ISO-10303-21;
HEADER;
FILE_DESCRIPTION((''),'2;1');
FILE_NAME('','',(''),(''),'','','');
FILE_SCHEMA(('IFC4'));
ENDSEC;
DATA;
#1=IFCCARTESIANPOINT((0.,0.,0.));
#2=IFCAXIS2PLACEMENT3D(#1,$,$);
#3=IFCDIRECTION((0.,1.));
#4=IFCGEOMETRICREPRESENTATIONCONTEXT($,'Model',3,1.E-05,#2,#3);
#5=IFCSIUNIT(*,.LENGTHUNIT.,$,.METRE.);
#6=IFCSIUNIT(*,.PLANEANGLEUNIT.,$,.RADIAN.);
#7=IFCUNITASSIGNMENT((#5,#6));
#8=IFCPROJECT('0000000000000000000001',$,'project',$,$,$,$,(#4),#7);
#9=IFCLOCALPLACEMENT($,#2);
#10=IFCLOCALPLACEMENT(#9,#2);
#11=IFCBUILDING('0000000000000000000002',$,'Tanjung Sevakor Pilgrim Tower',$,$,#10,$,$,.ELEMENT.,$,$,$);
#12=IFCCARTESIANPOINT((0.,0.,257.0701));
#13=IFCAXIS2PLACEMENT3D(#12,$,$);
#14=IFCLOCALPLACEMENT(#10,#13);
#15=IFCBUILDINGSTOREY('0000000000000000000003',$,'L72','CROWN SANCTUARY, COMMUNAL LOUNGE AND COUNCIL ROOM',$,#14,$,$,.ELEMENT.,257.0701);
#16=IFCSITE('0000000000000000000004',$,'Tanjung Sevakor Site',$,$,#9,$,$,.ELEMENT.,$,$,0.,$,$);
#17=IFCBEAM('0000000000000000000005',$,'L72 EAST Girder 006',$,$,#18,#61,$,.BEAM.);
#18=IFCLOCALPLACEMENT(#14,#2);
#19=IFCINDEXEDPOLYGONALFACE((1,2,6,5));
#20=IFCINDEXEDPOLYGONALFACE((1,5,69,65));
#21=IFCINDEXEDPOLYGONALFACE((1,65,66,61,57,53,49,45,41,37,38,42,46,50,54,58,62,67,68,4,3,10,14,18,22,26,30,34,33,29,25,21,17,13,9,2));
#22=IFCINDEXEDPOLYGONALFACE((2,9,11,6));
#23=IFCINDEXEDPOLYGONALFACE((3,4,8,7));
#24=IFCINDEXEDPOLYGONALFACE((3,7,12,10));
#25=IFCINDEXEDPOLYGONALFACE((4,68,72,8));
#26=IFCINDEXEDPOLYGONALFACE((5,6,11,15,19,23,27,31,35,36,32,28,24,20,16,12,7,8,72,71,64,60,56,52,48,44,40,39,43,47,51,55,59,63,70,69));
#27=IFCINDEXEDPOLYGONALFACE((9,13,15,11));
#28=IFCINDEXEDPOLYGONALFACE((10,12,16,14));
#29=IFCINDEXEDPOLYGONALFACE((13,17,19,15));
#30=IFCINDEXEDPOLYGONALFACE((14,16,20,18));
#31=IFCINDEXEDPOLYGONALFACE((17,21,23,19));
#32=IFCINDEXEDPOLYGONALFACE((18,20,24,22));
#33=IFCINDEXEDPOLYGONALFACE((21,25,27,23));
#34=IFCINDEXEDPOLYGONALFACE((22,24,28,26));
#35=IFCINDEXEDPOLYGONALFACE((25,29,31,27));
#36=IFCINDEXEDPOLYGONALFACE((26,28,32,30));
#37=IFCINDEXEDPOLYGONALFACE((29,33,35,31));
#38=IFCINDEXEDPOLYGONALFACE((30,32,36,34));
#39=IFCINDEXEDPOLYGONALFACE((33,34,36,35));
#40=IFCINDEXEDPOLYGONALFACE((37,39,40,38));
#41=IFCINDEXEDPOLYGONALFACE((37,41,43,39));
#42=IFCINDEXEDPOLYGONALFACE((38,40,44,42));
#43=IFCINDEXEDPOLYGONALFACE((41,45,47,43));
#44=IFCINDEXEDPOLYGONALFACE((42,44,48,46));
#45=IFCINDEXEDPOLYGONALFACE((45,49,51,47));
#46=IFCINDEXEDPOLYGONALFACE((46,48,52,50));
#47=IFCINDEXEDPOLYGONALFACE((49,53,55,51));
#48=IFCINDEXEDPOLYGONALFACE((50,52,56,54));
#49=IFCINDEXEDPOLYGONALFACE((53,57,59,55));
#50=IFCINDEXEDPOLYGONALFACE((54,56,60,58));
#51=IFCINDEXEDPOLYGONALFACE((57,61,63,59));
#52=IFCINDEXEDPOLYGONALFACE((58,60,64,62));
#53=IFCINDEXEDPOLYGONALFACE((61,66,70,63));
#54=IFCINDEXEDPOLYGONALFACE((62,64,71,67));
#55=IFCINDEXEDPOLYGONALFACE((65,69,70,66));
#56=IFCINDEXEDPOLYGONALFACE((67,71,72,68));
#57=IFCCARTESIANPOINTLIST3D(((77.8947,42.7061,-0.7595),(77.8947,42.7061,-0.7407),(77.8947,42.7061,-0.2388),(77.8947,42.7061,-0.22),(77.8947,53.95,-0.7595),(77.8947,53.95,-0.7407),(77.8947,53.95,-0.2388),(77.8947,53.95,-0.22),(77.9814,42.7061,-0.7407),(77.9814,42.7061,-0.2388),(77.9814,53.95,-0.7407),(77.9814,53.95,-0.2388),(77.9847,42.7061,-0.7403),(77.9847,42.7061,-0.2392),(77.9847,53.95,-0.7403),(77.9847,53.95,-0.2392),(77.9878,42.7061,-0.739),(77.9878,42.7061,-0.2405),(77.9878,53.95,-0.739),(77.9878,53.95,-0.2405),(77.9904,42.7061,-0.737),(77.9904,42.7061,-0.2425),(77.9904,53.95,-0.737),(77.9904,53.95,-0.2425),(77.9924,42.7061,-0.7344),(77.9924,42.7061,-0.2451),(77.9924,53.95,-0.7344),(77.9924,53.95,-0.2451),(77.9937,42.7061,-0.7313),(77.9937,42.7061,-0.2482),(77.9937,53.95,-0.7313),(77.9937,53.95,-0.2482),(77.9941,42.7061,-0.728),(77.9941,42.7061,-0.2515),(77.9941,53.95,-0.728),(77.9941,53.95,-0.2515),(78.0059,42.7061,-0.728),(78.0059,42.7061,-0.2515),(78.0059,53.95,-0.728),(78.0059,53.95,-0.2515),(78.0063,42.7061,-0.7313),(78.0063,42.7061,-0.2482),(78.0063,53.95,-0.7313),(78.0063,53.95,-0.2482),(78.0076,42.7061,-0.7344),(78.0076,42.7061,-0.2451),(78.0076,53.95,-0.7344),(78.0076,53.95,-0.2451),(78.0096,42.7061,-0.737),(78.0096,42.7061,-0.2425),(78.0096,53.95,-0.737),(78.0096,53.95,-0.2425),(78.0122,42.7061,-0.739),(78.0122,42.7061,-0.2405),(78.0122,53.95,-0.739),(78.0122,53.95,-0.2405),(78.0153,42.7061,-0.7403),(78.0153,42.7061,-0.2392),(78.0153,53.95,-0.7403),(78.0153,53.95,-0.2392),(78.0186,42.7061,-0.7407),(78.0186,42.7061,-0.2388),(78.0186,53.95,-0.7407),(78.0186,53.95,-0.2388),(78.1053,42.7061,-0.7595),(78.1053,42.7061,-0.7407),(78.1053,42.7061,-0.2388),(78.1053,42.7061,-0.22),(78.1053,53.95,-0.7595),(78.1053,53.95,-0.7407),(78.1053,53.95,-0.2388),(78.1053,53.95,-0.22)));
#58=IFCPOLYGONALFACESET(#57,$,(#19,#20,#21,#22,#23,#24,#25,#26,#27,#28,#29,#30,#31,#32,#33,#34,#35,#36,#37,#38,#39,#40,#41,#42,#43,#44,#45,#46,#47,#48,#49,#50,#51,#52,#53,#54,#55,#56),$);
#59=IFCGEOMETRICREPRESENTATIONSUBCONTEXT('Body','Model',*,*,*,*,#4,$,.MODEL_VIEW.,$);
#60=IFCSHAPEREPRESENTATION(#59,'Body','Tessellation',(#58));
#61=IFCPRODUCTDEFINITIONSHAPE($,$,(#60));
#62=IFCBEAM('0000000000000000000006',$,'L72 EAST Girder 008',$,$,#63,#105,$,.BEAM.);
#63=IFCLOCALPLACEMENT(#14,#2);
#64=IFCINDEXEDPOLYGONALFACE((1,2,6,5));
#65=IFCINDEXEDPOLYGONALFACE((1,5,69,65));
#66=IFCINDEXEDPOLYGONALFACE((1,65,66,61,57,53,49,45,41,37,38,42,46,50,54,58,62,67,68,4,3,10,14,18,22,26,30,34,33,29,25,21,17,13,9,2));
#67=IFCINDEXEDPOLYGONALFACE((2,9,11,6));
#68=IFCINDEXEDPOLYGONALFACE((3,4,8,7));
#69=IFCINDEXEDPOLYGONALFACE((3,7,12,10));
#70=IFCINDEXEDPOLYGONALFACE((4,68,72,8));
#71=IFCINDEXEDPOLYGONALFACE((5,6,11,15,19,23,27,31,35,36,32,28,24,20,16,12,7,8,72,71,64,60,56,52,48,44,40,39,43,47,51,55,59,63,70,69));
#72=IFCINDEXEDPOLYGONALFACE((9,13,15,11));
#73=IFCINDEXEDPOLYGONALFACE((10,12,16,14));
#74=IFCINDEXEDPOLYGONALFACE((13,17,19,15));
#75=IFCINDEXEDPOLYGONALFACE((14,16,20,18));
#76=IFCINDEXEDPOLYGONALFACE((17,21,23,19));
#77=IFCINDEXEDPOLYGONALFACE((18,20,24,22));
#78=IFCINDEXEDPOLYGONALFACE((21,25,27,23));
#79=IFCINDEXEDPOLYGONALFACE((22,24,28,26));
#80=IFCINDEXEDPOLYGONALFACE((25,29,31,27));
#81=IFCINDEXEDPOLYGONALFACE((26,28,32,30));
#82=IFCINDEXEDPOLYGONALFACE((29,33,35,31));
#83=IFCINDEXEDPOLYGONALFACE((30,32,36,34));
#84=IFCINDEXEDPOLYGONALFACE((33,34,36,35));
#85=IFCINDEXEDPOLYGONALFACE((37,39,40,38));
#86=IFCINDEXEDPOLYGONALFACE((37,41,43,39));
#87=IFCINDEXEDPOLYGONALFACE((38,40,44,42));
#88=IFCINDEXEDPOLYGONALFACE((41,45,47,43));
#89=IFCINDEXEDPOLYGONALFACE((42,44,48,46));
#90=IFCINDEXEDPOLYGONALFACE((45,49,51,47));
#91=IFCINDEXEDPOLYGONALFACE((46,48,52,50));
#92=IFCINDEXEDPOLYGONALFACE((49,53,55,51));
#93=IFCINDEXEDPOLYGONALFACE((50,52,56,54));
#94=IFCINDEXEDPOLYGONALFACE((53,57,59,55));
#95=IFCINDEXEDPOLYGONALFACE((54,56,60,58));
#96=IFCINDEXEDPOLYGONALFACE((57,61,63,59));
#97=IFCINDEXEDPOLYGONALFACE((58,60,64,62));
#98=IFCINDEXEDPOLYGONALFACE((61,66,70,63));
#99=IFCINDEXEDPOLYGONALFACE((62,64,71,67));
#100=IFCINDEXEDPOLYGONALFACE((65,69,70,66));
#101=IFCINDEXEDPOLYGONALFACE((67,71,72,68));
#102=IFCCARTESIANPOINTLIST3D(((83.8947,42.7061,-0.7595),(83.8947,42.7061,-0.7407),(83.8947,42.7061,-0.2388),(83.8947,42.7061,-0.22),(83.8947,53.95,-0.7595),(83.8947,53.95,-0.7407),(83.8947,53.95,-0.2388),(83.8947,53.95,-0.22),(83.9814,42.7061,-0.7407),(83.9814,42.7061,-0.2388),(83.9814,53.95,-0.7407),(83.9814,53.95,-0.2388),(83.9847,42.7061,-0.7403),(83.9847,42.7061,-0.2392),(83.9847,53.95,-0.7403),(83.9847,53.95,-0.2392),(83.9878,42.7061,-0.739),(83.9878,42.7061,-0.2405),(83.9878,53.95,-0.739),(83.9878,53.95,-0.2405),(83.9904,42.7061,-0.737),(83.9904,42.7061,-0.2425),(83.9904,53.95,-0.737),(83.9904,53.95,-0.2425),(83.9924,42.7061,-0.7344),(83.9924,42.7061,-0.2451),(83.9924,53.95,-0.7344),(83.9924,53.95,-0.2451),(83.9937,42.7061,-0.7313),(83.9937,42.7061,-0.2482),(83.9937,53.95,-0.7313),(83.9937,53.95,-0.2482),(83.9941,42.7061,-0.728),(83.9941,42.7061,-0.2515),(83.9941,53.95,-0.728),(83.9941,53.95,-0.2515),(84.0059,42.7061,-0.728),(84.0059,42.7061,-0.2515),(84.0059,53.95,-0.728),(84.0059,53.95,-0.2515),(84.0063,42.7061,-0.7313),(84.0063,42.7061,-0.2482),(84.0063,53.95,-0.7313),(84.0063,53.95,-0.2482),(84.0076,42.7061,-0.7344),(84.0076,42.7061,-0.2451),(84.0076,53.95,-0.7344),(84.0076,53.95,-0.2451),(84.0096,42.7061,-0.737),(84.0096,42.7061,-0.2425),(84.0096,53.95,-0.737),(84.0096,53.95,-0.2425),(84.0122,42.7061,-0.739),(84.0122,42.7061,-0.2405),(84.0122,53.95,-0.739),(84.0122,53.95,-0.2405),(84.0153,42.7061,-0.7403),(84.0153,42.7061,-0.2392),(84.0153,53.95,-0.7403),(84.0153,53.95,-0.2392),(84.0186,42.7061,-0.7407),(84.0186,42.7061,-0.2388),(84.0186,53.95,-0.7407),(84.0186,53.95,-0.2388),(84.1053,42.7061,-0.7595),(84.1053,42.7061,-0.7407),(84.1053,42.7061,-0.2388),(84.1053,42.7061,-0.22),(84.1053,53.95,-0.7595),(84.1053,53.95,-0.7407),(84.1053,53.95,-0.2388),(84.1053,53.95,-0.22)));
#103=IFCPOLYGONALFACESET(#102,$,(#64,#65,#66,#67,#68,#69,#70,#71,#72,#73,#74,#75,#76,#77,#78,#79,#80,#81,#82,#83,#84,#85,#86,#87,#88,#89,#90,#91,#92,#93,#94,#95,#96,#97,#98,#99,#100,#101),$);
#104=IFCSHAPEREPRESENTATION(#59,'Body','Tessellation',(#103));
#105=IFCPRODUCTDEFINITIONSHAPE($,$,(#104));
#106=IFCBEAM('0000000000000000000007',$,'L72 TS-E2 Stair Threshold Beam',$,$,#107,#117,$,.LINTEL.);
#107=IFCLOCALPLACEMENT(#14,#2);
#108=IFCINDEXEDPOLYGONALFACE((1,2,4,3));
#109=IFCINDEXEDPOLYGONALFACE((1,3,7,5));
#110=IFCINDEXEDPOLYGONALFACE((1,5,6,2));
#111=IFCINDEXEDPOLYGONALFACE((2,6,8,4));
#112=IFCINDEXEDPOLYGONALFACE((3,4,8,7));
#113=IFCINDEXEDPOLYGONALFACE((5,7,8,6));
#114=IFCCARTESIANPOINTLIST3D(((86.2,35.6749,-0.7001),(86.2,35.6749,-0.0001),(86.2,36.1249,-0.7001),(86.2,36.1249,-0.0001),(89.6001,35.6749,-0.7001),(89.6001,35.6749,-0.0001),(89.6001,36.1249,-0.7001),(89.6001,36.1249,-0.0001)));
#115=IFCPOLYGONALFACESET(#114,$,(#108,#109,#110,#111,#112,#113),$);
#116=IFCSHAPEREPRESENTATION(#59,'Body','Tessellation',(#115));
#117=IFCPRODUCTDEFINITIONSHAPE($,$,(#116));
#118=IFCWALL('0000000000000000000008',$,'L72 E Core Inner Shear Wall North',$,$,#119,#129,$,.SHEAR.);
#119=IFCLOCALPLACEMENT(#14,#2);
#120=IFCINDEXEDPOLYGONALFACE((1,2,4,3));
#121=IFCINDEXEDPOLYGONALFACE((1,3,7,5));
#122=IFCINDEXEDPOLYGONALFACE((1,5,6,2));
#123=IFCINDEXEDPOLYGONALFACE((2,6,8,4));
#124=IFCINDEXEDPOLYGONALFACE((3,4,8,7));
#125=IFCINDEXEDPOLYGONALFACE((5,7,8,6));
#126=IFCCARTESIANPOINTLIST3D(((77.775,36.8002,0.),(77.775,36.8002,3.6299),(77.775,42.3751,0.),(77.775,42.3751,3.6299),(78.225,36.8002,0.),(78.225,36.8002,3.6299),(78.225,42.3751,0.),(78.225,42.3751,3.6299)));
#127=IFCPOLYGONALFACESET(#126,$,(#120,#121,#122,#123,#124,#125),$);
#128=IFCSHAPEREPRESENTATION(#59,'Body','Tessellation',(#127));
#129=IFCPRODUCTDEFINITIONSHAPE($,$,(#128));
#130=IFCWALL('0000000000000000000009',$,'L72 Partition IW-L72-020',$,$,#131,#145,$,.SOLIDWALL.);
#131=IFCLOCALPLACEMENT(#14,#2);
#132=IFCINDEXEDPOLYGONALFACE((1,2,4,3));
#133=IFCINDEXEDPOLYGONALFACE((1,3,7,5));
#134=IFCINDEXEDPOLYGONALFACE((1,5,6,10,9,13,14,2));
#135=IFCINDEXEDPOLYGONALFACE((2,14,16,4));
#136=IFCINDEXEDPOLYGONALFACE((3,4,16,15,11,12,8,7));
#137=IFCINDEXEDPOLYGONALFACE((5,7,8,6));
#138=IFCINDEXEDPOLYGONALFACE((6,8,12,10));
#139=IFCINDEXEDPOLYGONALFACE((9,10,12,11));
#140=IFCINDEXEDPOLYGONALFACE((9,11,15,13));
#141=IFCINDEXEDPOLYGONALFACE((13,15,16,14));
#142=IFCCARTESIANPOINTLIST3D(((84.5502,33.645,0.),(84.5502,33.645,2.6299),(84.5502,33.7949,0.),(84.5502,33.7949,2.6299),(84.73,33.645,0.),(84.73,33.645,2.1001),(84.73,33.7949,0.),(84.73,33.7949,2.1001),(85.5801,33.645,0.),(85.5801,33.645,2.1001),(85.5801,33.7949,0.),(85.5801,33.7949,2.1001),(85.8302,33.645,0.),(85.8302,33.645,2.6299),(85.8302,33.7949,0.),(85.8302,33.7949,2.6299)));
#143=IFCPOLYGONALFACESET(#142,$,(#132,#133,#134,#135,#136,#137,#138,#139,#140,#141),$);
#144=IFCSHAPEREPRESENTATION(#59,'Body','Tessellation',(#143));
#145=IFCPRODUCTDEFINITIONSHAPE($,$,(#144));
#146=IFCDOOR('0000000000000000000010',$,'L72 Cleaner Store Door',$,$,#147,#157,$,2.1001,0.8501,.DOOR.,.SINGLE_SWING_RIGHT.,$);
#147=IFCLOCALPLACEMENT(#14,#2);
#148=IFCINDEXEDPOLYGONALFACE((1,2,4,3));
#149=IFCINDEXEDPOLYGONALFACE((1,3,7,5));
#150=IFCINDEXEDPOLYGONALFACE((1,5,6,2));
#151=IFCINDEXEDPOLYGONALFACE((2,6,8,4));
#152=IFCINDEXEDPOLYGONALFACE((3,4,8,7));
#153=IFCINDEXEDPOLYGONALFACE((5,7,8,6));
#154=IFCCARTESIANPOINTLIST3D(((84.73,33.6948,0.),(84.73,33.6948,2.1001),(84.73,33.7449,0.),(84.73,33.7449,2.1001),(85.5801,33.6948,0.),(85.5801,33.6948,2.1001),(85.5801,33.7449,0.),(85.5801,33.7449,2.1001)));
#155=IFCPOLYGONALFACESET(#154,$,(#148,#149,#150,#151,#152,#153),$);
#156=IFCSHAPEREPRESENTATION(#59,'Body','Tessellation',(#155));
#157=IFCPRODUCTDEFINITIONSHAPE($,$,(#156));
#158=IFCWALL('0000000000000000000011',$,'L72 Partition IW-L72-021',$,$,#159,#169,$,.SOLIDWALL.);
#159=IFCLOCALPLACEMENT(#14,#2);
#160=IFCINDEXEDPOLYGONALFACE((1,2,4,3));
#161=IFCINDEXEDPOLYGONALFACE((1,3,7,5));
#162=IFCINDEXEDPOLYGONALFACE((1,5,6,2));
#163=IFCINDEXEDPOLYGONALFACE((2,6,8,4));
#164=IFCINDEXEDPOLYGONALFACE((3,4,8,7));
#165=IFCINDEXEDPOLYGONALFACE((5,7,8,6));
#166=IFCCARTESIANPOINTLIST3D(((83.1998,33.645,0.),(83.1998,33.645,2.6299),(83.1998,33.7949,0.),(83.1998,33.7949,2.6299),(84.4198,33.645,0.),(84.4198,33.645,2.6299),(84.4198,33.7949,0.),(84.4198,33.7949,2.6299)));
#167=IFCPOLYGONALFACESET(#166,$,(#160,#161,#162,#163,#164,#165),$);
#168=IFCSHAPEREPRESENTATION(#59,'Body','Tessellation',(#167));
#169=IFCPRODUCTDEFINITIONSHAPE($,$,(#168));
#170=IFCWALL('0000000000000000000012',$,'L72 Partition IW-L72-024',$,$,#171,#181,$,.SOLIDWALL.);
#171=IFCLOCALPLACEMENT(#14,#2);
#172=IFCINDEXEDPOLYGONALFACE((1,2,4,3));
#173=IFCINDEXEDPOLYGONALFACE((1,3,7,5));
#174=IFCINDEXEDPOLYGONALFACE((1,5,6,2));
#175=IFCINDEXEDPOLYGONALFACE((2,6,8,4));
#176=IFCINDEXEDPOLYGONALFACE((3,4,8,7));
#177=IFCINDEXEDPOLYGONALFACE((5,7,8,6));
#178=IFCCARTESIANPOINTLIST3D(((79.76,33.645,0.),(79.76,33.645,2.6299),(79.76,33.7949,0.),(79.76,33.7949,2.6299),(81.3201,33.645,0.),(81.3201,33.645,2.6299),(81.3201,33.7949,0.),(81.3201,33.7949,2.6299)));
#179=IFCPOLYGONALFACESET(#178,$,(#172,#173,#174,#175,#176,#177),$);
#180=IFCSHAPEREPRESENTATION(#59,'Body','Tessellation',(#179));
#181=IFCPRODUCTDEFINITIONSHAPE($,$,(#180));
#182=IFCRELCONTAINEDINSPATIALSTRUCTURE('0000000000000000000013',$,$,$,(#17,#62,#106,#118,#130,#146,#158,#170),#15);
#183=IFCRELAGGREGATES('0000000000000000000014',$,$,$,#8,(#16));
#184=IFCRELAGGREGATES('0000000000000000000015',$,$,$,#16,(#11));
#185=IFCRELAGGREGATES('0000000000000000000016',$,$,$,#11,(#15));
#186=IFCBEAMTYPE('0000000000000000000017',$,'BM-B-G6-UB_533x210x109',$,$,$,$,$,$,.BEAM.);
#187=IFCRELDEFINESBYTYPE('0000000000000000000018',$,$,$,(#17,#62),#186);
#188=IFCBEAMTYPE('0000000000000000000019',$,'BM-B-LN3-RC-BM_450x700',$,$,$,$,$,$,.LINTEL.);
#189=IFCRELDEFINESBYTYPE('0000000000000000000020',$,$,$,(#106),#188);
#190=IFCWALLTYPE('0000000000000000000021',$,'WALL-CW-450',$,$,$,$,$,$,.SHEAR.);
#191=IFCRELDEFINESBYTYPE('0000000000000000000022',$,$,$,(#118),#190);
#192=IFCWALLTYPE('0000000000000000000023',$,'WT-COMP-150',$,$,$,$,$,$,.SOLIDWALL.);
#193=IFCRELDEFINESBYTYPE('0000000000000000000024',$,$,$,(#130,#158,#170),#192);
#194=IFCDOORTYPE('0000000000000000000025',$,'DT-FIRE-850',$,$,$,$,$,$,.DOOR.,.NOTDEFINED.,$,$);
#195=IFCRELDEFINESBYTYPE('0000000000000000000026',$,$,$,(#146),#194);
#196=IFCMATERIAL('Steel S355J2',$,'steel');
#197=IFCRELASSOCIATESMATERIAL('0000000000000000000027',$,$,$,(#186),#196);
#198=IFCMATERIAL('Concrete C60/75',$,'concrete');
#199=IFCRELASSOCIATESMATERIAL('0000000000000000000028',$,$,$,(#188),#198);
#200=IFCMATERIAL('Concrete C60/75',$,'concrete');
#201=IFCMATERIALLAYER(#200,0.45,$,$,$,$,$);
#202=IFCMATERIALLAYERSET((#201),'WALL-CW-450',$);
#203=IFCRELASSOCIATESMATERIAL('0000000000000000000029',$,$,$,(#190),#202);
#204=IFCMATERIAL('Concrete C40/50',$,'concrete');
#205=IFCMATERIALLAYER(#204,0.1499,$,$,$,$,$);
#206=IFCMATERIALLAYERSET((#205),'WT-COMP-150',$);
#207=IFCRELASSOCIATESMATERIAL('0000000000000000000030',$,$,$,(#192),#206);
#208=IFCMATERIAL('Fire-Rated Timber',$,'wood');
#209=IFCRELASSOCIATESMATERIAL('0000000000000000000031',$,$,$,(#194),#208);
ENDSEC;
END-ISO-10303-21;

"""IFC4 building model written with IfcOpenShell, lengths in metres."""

from ifc_helpers import new_model, si_unit, direction, frame, frame_2d, origin, origin_2d, place, context, subcontext, project, spatial, rectangle, i_section, extrude, material, layer, layer_set, material_profile, profile_set, type_object, element, fill, save


model = new_model("IFC4")

# Units and contexts
model_context = context("Model", 3, precision=1e-05, world=origin(), true_north=direction((0.0, 1.0)))
body_context = subcontext(model_context, "Body", "Model", "MODEL_VIEW")
ifc_project = project(units=[si_unit("LENGTHUNIT", "METRE"), si_unit("PLANEANGLEUNIT", "RADIAN")], contexts=[model_context])

# Site, building, storey
site_placement = place(None, origin())
site = spatial("IfcSite", under=ifc_project, at=site_placement, Name="Tanjung Sevakor Site", CompositionType="ELEMENT", RefElevation=0.0)
building_placement = place(site_placement, origin())
building = spatial("IfcBuilding", under=site, at=building_placement, Name="Tanjung Sevakor Pilgrim Tower", CompositionType="ELEMENT")
storey_placement = place(building_placement, frame((0.0, 0.0, 257.0701)))
storey = spatial("IfcBuildingStorey", under=building, at=storey_placement, Name="L72", Description="CROWN SANCTUARY, COMMUNAL LOUNGE AND COUNCIL ROOM", CompositionType="ELEMENT", Elevation=257.0701)

# Beams
ifc_material_1 = material(Name="Steel S355J2", Category="steel")
ifc_material_profile_1 = material_profile(ifc_material_1, i_section(OverallWidth=0.2107, OverallDepth=0.5396, WebThickness=0.0117, FlangeThickness=0.0188, FilletRadius=0.0127, at=origin_2d()))
ifc_profile_set_1 = profile_set([ifc_material_profile_1], Name="Steel S355J2")
beam_type_1 = type_object("IfcBeamType", Name="BM-B-G6-UB_533x210x109", PredefinedType="BEAM", material=ifc_profile_set_1)
for number, where, z_axis, x_axis, name in (
    (1, (78.0, 42.7061, -0.4897), (0.0, 1.0, 0.0), (-1.0, 0.0, 0.0), "L72 EAST Girder 006"),
    (2, (84.0, 42.7061, -0.4897), (0.0, 1.0, 0.0), (-1.0, 0.0, 0.0), "L72 EAST Girder 008"),
):
    element("IfcBeam", number, at=place(storey_placement, frame(where, z_axis=z_axis, x_axis=x_axis)), inside=storey, type_object=beam_type_1, Name=name, PredefinedType="BEAM", context=body_context, shape_type="SweptSolid", body=[
        extrude(i_section(OverallWidth=0.2107, OverallDepth=0.5396, WebThickness=0.0117, FlangeThickness=0.0188, FilletRadius=0.0127, at=origin_2d()), origin(), (0.0, 0.0, 1.0), 11.2439),
    ])
ifc_material_2 = material(Name="Concrete C60/75", Category="concrete")
ifc_material_profile_2 = material_profile(ifc_material_2, rectangle(XDim=0.45, YDim=0.7, at=origin_2d()))
ifc_profile_set_2 = profile_set([ifc_material_profile_2], Name="Concrete C60/75")
beam_type_2 = type_object("IfcBeamType", Name="BM-B-LN3-RC-BM_450x700", PredefinedType="LINTEL", material=ifc_profile_set_2)
beam_placement = place(storey_placement, frame((86.2, 35.8999, -0.3501), z_axis=(1.0, 0.0, 0.0), x_axis=(0.0, 1.0, 0.0)))
element("IfcBeam", 3, at=beam_placement, inside=storey, type_object=beam_type_2, Name="L72 TS-E2 Stair Threshold Beam", PredefinedType="LINTEL", context=body_context, shape_type="SweptSolid", body=[
    extrude(rectangle(XDim=0.45, YDim=0.7, at=origin_2d()), origin(), (0.0, 0.0, 1.0), 3.4001),
])

# Wall
ifc_material_3 = material(Name="Concrete C60/75", Category="concrete")
ifc_layer_1 = layer(ifc_material_3, 0.45)
ifc_layer_set_1 = layer_set([ifc_layer_1], Name="WALL-CW-450")
wall_type_1 = type_object("IfcWallType", Name="WALL-CW-450", PredefinedType="SHEAR", material=ifc_layer_set_1)
wall_1_placement = place(storey_placement, frame((78.0, 36.8, 0.0), z_axis=(0.0, 0.0, 1.0), x_axis=(0.0, 1.0, 0.0)))
element("IfcWall", 4, at=wall_1_placement, inside=storey, type_object=wall_type_1, Name="L72 E Core Inner Shear Wall North", PredefinedType="SHEAR", context=body_context, shape_type="SweptSolid", body=[
    extrude(rectangle(XDim=5.575, YDim=0.45, at=frame_2d((2.7876, 0.0))), origin(), (0.0, 0.0, 1.0), 3.6299),
])

# Wall, opening, door
ifc_material_4 = material(Name="Concrete C40/50", Category="concrete")
ifc_layer_2 = layer(ifc_material_4, 0.1499)
ifc_layer_set_2 = layer_set([ifc_layer_2], Name="WT-COMP-150")
wall_type_2 = type_object("IfcWallType", Name="WT-COMP-150", PredefinedType="SOLIDWALL", material=ifc_layer_set_2)
wall_2_placement = place(storey_placement, frame((84.55, 33.72, 0.0), z_axis=(0.0, 0.0, 1.0), x_axis=(1.0, 0.0, 0.0)))
wall_2 = element("IfcWall", 5, at=wall_2_placement, inside=storey, type_object=wall_type_2, Name="L72 Partition IW-L72-020", PredefinedType="SOLIDWALL", context=body_context, shape_type="SweptSolid", body=[
    extrude(rectangle(XDim=1.28, YDim=0.1499, at=frame_2d((0.6401, 0.0))), origin(), (0.0, 0.0, 1.0), 2.6299),
])
opening_1_placement = place(wall_2_placement, frame((0.1799, 0.0, 0.0)))
opening_1 = element("IfcOpeningElement", 6, at=opening_1_placement, cuts=wall_2, PredefinedType="OPENING", context=body_context, shape_type="SweptSolid", body=[
    extrude(rectangle(XDim=0.8501, YDim=2.1001, at=frame_2d((0.425, 1.05))), frame((0.0, 0.085, 0.0), z_axis=(0.0, -1.0, 0.0), x_axis=(1.0, 0.0, 0.0)), (0.0, 0.0, 1.0), 0.1699),
])
ifc_material_5 = material(Name="Fire-Rated Timber", Category="wood")
door_type_1 = type_object("IfcDoorType", Name="DT-FIRE-850", OperationType="NOTDEFINED", PredefinedType="DOOR", material=ifc_material_5)
door_1_placement = place(opening_1_placement, origin())
door_1 = element("IfcDoor", 7, at=door_1_placement, inside=storey, type_object=door_type_1, Name="L72 Cleaner Store Door", OperationType="SINGLE_SWING_RIGHT", OverallHeight=2.1001, OverallWidth=0.8501, PredefinedType="DOOR", context=body_context, shape_type="SweptSolid", body=[
    extrude(rectangle(XDim=0.8501, YDim=2.1001, at=frame_2d((0.425, 1.05))), frame((0.0, 0.0249, 0.0), z_axis=(0.0, -1.0, 0.0), x_axis=(1.0, 0.0, 0.0)), (0.0, 0.0, 1.0), 0.05),
])
fill(opening_1, door_1)

# Walls
wall_3_placement = place(storey_placement, frame((83.2, 33.72, 0.0), z_axis=(0.0, 0.0, 1.0), x_axis=(1.0, 0.0, 0.0)))
element("IfcWall", 8, at=wall_3_placement, inside=storey, type_object=wall_type_2, Name="L72 Partition IW-L72-021", PredefinedType="SOLIDWALL", context=body_context, shape_type="SweptSolid", body=[
    extrude(rectangle(XDim=1.22, YDim=0.1499, at=frame_2d((0.6099, 0.0))), origin(), (0.0, 0.0, 1.0), 2.6299),
])
wall_4_placement = place(storey_placement, frame((79.76, 33.72, 0.0), z_axis=(0.0, 0.0, 1.0), x_axis=(1.0, 0.0, 0.0)))
element("IfcWall", 9, at=wall_4_placement, inside=storey, type_object=wall_type_2, Name="L72 Partition IW-L72-024", PredefinedType="SOLIDWALL", context=body_context, shape_type="SweptSolid", body=[
    extrude(rectangle(XDim=1.5601, YDim=0.1499, at=frame_2d((0.78, 0.0))), origin(), (0.0, 0.0, 1.0), 2.6299),
])

save(model, "model.ifc")
